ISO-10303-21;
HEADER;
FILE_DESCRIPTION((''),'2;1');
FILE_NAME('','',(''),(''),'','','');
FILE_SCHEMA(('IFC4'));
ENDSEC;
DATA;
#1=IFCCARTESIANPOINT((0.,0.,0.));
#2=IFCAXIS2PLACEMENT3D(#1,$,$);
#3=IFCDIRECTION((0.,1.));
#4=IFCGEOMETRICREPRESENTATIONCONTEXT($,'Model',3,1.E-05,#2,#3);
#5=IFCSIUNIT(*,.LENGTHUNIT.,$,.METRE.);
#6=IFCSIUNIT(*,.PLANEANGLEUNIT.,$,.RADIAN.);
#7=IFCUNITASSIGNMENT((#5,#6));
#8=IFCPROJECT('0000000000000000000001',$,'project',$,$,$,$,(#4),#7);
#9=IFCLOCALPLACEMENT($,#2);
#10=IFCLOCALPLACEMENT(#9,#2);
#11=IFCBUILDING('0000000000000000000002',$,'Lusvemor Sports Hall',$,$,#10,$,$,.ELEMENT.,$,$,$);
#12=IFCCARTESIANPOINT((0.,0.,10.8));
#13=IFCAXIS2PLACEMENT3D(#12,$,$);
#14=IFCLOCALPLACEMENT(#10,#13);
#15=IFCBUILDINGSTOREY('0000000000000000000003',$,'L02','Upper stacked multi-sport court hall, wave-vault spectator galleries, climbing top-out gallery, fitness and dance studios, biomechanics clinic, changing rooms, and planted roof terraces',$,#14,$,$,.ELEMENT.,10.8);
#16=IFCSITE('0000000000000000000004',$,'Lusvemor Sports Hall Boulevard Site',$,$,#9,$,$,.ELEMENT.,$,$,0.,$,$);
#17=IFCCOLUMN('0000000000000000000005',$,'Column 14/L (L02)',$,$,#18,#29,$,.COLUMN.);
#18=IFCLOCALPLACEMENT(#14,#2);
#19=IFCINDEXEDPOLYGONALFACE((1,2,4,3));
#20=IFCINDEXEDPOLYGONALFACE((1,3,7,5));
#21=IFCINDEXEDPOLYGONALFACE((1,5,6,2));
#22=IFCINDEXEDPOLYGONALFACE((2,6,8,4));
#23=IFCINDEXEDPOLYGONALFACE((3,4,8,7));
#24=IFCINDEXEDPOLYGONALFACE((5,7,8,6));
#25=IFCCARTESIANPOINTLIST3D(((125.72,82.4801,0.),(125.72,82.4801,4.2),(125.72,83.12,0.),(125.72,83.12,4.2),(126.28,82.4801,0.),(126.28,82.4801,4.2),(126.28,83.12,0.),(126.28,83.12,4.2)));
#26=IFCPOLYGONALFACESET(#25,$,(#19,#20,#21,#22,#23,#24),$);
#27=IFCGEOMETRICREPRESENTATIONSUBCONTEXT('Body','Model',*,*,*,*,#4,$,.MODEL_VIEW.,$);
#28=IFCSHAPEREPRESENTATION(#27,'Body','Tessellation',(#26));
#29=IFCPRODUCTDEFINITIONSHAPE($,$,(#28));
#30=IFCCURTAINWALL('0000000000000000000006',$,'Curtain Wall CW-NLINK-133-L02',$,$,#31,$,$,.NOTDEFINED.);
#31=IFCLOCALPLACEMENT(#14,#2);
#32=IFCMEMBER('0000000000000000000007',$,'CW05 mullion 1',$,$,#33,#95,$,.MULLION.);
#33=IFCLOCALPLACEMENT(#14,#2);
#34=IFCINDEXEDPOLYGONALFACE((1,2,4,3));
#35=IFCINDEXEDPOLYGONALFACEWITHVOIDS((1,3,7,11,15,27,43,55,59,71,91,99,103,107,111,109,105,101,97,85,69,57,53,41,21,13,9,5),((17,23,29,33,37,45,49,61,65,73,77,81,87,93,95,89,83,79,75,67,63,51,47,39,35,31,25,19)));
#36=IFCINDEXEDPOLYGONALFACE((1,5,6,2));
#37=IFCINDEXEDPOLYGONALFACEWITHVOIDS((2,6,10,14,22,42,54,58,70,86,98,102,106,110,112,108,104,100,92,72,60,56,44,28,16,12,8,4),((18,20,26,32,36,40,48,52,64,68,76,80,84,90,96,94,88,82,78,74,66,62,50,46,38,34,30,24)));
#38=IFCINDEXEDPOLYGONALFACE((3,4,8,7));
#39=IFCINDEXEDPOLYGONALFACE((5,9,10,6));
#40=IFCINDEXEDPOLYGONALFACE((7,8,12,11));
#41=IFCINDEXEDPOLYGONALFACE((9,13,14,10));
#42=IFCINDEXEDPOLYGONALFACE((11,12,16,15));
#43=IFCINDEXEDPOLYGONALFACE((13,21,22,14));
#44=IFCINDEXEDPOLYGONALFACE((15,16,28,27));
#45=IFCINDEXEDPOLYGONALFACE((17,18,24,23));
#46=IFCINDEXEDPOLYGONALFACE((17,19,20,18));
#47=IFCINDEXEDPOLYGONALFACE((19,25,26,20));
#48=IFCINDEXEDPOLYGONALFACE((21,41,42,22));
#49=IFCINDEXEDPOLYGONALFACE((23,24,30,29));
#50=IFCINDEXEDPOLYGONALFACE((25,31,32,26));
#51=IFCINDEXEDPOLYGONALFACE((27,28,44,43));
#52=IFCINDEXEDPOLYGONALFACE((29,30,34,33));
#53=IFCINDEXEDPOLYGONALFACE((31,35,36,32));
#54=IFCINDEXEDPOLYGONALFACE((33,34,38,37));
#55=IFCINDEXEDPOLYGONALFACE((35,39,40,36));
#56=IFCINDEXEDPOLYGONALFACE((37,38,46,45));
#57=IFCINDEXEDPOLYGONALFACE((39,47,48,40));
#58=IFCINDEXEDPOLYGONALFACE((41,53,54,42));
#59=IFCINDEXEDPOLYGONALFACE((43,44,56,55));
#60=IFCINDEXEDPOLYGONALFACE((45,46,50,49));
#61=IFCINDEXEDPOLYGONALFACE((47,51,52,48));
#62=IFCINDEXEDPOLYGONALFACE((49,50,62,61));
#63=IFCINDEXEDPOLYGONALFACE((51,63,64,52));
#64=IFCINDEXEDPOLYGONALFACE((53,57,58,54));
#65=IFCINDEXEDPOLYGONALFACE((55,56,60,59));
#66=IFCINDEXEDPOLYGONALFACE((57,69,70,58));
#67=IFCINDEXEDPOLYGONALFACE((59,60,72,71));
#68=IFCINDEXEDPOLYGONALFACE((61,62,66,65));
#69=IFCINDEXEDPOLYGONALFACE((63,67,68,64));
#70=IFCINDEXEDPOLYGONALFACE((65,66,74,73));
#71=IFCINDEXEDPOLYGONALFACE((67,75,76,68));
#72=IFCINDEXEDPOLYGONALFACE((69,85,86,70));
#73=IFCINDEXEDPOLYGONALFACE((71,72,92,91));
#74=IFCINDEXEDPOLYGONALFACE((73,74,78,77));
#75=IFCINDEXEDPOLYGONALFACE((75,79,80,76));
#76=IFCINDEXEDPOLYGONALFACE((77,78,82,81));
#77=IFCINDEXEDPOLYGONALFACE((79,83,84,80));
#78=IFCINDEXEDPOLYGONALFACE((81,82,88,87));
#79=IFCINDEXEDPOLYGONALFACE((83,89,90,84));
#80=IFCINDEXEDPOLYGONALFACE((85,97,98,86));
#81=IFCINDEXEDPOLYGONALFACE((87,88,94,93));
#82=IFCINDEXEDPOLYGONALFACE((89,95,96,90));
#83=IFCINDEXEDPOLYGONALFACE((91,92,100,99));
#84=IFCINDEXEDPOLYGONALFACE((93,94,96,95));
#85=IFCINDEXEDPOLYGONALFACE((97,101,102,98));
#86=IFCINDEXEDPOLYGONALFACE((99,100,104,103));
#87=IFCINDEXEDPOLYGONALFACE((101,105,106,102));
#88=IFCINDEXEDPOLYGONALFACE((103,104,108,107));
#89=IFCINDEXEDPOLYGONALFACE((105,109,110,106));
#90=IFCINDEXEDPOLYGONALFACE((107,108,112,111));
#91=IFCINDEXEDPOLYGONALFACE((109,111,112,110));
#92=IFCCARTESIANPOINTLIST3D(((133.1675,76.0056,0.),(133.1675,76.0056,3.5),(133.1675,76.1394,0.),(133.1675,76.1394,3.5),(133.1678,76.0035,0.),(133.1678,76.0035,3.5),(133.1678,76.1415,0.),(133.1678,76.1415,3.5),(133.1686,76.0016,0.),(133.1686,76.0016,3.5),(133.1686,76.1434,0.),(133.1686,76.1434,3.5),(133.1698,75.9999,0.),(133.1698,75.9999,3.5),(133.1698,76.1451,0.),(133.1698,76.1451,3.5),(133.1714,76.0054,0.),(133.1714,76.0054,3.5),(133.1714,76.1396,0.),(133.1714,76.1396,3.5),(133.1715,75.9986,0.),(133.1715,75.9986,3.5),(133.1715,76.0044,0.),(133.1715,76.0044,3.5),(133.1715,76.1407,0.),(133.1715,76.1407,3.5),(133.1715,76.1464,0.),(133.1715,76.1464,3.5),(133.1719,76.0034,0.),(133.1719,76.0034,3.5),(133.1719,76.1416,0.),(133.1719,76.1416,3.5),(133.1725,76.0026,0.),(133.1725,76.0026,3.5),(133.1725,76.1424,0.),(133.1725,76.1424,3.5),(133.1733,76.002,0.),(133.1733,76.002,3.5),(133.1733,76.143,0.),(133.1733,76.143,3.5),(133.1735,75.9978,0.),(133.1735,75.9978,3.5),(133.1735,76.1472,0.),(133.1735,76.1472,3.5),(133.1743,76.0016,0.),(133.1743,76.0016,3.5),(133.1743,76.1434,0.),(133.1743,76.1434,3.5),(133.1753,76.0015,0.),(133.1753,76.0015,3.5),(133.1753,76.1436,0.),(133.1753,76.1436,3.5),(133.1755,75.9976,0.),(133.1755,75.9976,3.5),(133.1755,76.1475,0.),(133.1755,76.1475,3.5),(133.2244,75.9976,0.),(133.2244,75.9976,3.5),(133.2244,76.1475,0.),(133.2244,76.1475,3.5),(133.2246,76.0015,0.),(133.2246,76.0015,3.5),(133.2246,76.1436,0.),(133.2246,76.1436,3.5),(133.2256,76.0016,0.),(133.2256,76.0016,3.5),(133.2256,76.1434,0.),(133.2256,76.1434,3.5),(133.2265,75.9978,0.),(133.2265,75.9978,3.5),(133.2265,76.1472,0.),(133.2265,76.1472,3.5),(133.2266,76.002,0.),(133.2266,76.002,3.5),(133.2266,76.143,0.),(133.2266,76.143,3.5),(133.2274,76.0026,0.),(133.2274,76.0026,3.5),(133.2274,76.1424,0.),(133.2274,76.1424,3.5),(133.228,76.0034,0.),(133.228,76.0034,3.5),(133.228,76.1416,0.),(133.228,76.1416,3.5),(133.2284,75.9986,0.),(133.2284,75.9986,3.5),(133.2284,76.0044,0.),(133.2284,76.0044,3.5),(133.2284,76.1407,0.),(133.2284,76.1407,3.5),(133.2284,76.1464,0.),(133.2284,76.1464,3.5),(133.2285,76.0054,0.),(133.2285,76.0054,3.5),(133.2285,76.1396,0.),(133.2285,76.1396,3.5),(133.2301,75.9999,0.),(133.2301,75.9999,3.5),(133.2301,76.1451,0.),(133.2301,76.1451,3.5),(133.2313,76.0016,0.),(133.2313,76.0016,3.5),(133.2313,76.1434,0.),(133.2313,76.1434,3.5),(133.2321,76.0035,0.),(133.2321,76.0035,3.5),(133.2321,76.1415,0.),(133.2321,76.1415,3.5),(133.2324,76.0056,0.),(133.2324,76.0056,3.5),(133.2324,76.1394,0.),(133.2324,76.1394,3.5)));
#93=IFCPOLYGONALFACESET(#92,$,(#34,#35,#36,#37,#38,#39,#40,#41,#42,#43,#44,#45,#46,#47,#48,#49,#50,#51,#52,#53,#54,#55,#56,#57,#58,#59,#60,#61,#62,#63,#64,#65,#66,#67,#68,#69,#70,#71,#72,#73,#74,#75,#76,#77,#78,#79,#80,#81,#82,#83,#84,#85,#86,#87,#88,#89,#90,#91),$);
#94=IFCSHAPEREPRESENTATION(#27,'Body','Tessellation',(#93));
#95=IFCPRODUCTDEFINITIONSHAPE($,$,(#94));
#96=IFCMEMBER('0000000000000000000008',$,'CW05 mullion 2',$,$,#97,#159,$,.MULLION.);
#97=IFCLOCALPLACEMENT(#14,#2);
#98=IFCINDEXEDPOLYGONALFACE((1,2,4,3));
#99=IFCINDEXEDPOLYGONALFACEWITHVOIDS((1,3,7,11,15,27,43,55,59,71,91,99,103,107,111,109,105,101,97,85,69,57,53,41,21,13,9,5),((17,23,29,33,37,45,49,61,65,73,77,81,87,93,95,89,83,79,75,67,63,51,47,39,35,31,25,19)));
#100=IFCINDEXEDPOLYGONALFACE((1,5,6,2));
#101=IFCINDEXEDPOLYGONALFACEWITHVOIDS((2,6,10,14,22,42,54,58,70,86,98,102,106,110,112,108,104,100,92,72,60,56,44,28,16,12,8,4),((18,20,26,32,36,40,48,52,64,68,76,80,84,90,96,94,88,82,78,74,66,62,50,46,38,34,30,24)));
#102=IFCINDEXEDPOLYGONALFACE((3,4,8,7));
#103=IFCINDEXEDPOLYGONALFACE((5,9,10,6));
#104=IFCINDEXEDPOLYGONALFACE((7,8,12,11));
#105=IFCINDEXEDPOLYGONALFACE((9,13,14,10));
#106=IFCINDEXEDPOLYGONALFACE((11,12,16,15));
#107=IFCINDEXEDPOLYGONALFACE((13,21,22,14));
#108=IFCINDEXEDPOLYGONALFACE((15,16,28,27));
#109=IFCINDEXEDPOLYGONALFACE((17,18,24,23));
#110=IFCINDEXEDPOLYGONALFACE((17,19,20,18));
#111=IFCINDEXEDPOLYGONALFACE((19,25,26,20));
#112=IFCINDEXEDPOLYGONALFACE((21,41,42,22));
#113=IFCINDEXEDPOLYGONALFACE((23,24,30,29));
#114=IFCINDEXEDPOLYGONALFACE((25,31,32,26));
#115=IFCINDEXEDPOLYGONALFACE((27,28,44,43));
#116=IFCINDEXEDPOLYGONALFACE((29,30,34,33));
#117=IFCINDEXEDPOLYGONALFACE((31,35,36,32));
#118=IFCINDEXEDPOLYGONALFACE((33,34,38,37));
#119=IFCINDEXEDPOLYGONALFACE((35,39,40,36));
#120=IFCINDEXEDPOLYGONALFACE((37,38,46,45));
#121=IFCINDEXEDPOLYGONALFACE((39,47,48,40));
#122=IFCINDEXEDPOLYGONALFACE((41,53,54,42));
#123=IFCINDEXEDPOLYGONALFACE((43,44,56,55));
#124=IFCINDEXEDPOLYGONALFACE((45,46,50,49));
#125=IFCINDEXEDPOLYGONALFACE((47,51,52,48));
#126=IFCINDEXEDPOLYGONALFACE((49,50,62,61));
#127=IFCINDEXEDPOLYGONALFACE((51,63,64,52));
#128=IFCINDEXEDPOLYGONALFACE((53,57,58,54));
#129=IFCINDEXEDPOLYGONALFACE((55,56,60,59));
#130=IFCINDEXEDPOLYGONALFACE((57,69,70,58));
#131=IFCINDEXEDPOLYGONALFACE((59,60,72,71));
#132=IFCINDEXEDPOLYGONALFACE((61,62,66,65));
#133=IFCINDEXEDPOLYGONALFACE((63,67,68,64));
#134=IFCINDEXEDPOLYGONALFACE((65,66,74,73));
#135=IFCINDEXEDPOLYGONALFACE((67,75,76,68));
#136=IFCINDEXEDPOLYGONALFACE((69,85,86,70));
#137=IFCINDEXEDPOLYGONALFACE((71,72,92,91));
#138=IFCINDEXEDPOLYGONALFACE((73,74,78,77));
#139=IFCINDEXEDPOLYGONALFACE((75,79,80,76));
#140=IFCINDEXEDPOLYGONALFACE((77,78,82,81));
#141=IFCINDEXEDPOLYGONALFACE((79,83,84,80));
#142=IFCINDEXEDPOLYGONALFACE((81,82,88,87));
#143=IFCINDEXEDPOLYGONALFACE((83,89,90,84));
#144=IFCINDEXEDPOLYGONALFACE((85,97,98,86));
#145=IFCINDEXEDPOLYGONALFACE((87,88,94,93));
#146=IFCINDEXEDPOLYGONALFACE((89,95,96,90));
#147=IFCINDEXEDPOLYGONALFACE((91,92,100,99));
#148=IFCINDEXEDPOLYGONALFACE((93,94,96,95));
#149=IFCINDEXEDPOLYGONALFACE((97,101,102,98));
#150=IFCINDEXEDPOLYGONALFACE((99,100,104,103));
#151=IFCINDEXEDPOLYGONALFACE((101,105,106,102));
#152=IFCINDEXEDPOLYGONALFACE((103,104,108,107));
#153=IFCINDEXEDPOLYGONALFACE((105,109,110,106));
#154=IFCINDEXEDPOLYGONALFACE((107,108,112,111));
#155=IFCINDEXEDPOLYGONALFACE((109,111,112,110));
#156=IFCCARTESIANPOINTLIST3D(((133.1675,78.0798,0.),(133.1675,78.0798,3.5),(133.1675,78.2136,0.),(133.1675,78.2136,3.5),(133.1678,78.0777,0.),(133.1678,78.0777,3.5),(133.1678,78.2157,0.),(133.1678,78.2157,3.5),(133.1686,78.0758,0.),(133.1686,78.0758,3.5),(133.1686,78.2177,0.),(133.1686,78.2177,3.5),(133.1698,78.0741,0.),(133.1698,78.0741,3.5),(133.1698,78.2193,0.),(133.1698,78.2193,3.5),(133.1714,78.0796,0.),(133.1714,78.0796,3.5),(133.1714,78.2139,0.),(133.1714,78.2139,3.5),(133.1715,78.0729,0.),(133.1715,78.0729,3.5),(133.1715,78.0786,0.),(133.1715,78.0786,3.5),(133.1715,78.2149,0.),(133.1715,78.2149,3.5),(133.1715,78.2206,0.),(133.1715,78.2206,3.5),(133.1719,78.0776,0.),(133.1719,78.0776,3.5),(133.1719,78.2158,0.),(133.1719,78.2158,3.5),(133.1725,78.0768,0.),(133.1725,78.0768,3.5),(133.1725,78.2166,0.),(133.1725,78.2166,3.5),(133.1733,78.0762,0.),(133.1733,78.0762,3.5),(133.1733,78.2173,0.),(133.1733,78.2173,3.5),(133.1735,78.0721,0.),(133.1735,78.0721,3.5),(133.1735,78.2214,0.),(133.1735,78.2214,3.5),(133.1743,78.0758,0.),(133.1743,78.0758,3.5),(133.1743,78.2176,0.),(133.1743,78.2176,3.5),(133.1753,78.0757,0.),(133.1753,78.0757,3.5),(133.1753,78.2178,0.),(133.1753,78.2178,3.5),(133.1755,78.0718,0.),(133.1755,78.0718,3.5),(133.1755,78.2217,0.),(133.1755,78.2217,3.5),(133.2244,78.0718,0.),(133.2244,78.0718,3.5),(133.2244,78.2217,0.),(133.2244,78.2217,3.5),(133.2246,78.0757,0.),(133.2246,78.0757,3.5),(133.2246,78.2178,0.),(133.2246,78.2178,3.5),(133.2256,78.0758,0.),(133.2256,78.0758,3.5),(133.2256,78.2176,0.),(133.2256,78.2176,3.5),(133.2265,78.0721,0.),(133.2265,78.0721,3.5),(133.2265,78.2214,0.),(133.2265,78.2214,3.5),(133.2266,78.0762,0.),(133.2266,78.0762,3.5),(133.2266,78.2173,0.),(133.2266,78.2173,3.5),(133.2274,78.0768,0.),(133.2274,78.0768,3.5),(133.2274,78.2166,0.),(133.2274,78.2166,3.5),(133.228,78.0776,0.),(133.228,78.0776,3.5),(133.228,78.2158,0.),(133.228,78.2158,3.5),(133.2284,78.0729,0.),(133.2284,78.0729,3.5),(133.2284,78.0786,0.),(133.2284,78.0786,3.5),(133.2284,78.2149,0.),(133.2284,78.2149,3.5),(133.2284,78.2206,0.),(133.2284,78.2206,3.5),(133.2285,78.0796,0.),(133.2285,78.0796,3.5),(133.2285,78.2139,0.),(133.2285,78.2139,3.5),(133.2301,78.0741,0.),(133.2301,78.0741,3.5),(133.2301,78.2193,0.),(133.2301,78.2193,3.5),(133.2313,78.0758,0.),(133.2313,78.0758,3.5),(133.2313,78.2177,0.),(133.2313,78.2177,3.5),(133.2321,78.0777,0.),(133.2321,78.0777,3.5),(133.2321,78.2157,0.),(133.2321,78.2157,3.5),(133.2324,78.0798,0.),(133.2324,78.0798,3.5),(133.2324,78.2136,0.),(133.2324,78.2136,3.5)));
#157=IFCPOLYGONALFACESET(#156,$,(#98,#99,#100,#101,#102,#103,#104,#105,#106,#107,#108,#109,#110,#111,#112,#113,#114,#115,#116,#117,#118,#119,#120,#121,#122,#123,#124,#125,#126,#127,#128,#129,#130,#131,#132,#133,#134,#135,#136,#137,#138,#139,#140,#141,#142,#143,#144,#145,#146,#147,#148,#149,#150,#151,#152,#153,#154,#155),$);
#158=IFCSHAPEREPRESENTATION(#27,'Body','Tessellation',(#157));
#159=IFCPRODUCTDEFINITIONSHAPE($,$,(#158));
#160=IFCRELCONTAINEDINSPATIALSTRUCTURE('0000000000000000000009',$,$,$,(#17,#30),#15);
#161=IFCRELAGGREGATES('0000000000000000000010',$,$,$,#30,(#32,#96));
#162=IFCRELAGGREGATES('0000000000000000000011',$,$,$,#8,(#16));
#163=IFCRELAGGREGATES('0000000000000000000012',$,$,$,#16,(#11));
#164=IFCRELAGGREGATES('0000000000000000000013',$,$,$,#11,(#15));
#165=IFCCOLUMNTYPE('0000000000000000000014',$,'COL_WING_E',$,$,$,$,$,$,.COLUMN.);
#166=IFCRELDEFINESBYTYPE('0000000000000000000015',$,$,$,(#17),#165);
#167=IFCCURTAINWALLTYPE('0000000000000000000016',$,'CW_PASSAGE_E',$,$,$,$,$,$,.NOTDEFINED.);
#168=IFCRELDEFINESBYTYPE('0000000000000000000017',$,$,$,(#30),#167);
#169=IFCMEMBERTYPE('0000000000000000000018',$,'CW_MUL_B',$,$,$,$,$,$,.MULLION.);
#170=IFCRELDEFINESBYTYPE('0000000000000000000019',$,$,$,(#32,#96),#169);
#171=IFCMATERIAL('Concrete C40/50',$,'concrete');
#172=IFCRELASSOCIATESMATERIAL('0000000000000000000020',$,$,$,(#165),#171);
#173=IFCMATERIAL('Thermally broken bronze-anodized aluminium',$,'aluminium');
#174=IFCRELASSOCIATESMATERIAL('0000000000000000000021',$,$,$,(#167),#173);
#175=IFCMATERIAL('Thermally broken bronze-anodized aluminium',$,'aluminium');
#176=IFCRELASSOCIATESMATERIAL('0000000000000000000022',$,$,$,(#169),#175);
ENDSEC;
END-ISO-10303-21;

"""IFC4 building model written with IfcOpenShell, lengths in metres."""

from ifc_helpers import new_model, si_unit, direction, frame, origin, origin_2d, place, context, subcontext, project, spatial, rectangle, hollow_rectangle, extrude, material, material_profile, profile_set, type_object, element, aggregate, save


model = new_model("IFC4")

# Units and contexts
model_context = context("Model", 3, precision=1e-05, world=origin(), true_north=direction((0.0, 1.0)))
body_context = subcontext(model_context, "Body", "Model", "MODEL_VIEW")
ifc_project = project(units=[si_unit("LENGTHUNIT", "METRE"), si_unit("PLANEANGLEUNIT", "RADIAN")], contexts=[model_context])

# Site, building, storey
site_placement = place(None, origin())
site = spatial("IfcSite", under=ifc_project, at=site_placement, Name="Lusvemor Sports Hall Boulevard Site", CompositionType="ELEMENT", RefElevation=0.0)
building_placement = place(site_placement, origin())
building = spatial("IfcBuilding", under=site, at=building_placement, Name="Lusvemor Sports Hall", CompositionType="ELEMENT")
storey_placement = place(building_placement, frame((0.0, 0.0, 10.8)))
storey = spatial("IfcBuildingStorey", under=building, at=storey_placement, Name="L02", Description="Upper stacked multi-sport court hall, wave-vault spectator galleries, climbing top-out gallery, fitness and dance studios, biomechanics clinic, changing rooms, and planted roof terraces", CompositionType="ELEMENT", Elevation=10.8)

# Column
ifc_material_1 = material(Name="Concrete C40/50", Category="concrete")
ifc_material_profile_1 = material_profile(ifc_material_1, rectangle(XDim=0.5601, YDim=0.6399, at=origin_2d()), Name="RC560x640")
ifc_profile_set_1 = profile_set([ifc_material_profile_1], Name="Concrete C40/50")
column_type = type_object("IfcColumnType", Name="COL_WING_E", PredefinedType="COLUMN", material=ifc_profile_set_1)
column_placement = place(storey_placement, frame((126.0, 82.8, 0.0), z_axis=(0.0, 0.0, 1.0), x_axis=(1.0, 0.0, 0.0)))
element("IfcColumn", 1, at=column_placement, inside=storey, type_object=column_type, Name="Column 14/L (L02)", PredefinedType="COLUMN", context=body_context, shape_type="SweptSolid", body=[
    extrude(rectangle(XDim=0.5601, YDim=0.6399, at=origin_2d()), origin(), (0.0, 0.0, 1.0), 4.2),
])

# Curtain wall, members
ifc_material_2 = material(Name="Thermally broken bronze-anodized aluminium", Category="aluminium")
curtain_wall_type_1 = type_object("IfcCurtainWallType", Name="CW_PASSAGE_E", PredefinedType="NOTDEFINED", material=ifc_material_2)
curtain_wall_1_placement = place(storey_placement, origin())
curtain_wall_1 = element("IfcCurtainWall", 2, at=curtain_wall_1_placement, inside=storey, type_object=curtain_wall_type_1, Name="Curtain Wall CW-NLINK-133-L02", PredefinedType="NOTDEFINED")
ifc_material_3 = material(Name="Thermally broken bronze-anodized aluminium", Category="aluminium")
ifc_material_profile_2 = material_profile(ifc_material_3, hollow_rectangle(XDim=0.0649, YDim=0.1499, WallThickness=0.0039, InnerFilletRadius=0.0039, OuterFilletRadius=0.0081, at=origin_2d()), Name="CWMUL150x65x4")
ifc_profile_set_2 = profile_set([ifc_material_profile_2], Name="Thermally broken bronze-anodized aluminium")
member_type_1 = type_object("IfcMemberType", Name="CW_MUL_B", PredefinedType="MULLION", material=ifc_profile_set_2)
member_1_placement = place(storey_placement, frame((133.2, 76.0725, 0.0), z_axis=(0.0, 0.0, 1.0), x_axis=(-1.0, 0.0, 0.0)))
member_1 = element("IfcMember", 3, at=member_1_placement, type_object=member_type_1, Name="CW05 mullion 1", PredefinedType="MULLION", context=body_context, shape_type="SweptSolid", body=[
    extrude(hollow_rectangle(XDim=0.0649, YDim=0.1499, WallThickness=0.0039, InnerFilletRadius=0.0039, OuterFilletRadius=0.0081, at=origin_2d()), origin(), (0.0, 0.0, 1.0), 3.5),
])
member_2_placement = place(storey_placement, frame((133.2, 78.1467, 0.0), z_axis=(0.0, 0.0, 1.0), x_axis=(-1.0, 0.0, 0.0)))
member_2 = element("IfcMember", 4, at=member_2_placement, type_object=member_type_1, Name="CW05 mullion 2", PredefinedType="MULLION", context=body_context, shape_type="SweptSolid", body=[
    extrude(hollow_rectangle(XDim=0.0649, YDim=0.1499, WallThickness=0.0039, InnerFilletRadius=0.0039, OuterFilletRadius=0.0081, at=origin_2d()), origin(), (0.0, 0.0, 1.0), 3.5),
])

aggregate(curtain_wall_1, [member_1, member_2])

save(model, "model.ifc")
